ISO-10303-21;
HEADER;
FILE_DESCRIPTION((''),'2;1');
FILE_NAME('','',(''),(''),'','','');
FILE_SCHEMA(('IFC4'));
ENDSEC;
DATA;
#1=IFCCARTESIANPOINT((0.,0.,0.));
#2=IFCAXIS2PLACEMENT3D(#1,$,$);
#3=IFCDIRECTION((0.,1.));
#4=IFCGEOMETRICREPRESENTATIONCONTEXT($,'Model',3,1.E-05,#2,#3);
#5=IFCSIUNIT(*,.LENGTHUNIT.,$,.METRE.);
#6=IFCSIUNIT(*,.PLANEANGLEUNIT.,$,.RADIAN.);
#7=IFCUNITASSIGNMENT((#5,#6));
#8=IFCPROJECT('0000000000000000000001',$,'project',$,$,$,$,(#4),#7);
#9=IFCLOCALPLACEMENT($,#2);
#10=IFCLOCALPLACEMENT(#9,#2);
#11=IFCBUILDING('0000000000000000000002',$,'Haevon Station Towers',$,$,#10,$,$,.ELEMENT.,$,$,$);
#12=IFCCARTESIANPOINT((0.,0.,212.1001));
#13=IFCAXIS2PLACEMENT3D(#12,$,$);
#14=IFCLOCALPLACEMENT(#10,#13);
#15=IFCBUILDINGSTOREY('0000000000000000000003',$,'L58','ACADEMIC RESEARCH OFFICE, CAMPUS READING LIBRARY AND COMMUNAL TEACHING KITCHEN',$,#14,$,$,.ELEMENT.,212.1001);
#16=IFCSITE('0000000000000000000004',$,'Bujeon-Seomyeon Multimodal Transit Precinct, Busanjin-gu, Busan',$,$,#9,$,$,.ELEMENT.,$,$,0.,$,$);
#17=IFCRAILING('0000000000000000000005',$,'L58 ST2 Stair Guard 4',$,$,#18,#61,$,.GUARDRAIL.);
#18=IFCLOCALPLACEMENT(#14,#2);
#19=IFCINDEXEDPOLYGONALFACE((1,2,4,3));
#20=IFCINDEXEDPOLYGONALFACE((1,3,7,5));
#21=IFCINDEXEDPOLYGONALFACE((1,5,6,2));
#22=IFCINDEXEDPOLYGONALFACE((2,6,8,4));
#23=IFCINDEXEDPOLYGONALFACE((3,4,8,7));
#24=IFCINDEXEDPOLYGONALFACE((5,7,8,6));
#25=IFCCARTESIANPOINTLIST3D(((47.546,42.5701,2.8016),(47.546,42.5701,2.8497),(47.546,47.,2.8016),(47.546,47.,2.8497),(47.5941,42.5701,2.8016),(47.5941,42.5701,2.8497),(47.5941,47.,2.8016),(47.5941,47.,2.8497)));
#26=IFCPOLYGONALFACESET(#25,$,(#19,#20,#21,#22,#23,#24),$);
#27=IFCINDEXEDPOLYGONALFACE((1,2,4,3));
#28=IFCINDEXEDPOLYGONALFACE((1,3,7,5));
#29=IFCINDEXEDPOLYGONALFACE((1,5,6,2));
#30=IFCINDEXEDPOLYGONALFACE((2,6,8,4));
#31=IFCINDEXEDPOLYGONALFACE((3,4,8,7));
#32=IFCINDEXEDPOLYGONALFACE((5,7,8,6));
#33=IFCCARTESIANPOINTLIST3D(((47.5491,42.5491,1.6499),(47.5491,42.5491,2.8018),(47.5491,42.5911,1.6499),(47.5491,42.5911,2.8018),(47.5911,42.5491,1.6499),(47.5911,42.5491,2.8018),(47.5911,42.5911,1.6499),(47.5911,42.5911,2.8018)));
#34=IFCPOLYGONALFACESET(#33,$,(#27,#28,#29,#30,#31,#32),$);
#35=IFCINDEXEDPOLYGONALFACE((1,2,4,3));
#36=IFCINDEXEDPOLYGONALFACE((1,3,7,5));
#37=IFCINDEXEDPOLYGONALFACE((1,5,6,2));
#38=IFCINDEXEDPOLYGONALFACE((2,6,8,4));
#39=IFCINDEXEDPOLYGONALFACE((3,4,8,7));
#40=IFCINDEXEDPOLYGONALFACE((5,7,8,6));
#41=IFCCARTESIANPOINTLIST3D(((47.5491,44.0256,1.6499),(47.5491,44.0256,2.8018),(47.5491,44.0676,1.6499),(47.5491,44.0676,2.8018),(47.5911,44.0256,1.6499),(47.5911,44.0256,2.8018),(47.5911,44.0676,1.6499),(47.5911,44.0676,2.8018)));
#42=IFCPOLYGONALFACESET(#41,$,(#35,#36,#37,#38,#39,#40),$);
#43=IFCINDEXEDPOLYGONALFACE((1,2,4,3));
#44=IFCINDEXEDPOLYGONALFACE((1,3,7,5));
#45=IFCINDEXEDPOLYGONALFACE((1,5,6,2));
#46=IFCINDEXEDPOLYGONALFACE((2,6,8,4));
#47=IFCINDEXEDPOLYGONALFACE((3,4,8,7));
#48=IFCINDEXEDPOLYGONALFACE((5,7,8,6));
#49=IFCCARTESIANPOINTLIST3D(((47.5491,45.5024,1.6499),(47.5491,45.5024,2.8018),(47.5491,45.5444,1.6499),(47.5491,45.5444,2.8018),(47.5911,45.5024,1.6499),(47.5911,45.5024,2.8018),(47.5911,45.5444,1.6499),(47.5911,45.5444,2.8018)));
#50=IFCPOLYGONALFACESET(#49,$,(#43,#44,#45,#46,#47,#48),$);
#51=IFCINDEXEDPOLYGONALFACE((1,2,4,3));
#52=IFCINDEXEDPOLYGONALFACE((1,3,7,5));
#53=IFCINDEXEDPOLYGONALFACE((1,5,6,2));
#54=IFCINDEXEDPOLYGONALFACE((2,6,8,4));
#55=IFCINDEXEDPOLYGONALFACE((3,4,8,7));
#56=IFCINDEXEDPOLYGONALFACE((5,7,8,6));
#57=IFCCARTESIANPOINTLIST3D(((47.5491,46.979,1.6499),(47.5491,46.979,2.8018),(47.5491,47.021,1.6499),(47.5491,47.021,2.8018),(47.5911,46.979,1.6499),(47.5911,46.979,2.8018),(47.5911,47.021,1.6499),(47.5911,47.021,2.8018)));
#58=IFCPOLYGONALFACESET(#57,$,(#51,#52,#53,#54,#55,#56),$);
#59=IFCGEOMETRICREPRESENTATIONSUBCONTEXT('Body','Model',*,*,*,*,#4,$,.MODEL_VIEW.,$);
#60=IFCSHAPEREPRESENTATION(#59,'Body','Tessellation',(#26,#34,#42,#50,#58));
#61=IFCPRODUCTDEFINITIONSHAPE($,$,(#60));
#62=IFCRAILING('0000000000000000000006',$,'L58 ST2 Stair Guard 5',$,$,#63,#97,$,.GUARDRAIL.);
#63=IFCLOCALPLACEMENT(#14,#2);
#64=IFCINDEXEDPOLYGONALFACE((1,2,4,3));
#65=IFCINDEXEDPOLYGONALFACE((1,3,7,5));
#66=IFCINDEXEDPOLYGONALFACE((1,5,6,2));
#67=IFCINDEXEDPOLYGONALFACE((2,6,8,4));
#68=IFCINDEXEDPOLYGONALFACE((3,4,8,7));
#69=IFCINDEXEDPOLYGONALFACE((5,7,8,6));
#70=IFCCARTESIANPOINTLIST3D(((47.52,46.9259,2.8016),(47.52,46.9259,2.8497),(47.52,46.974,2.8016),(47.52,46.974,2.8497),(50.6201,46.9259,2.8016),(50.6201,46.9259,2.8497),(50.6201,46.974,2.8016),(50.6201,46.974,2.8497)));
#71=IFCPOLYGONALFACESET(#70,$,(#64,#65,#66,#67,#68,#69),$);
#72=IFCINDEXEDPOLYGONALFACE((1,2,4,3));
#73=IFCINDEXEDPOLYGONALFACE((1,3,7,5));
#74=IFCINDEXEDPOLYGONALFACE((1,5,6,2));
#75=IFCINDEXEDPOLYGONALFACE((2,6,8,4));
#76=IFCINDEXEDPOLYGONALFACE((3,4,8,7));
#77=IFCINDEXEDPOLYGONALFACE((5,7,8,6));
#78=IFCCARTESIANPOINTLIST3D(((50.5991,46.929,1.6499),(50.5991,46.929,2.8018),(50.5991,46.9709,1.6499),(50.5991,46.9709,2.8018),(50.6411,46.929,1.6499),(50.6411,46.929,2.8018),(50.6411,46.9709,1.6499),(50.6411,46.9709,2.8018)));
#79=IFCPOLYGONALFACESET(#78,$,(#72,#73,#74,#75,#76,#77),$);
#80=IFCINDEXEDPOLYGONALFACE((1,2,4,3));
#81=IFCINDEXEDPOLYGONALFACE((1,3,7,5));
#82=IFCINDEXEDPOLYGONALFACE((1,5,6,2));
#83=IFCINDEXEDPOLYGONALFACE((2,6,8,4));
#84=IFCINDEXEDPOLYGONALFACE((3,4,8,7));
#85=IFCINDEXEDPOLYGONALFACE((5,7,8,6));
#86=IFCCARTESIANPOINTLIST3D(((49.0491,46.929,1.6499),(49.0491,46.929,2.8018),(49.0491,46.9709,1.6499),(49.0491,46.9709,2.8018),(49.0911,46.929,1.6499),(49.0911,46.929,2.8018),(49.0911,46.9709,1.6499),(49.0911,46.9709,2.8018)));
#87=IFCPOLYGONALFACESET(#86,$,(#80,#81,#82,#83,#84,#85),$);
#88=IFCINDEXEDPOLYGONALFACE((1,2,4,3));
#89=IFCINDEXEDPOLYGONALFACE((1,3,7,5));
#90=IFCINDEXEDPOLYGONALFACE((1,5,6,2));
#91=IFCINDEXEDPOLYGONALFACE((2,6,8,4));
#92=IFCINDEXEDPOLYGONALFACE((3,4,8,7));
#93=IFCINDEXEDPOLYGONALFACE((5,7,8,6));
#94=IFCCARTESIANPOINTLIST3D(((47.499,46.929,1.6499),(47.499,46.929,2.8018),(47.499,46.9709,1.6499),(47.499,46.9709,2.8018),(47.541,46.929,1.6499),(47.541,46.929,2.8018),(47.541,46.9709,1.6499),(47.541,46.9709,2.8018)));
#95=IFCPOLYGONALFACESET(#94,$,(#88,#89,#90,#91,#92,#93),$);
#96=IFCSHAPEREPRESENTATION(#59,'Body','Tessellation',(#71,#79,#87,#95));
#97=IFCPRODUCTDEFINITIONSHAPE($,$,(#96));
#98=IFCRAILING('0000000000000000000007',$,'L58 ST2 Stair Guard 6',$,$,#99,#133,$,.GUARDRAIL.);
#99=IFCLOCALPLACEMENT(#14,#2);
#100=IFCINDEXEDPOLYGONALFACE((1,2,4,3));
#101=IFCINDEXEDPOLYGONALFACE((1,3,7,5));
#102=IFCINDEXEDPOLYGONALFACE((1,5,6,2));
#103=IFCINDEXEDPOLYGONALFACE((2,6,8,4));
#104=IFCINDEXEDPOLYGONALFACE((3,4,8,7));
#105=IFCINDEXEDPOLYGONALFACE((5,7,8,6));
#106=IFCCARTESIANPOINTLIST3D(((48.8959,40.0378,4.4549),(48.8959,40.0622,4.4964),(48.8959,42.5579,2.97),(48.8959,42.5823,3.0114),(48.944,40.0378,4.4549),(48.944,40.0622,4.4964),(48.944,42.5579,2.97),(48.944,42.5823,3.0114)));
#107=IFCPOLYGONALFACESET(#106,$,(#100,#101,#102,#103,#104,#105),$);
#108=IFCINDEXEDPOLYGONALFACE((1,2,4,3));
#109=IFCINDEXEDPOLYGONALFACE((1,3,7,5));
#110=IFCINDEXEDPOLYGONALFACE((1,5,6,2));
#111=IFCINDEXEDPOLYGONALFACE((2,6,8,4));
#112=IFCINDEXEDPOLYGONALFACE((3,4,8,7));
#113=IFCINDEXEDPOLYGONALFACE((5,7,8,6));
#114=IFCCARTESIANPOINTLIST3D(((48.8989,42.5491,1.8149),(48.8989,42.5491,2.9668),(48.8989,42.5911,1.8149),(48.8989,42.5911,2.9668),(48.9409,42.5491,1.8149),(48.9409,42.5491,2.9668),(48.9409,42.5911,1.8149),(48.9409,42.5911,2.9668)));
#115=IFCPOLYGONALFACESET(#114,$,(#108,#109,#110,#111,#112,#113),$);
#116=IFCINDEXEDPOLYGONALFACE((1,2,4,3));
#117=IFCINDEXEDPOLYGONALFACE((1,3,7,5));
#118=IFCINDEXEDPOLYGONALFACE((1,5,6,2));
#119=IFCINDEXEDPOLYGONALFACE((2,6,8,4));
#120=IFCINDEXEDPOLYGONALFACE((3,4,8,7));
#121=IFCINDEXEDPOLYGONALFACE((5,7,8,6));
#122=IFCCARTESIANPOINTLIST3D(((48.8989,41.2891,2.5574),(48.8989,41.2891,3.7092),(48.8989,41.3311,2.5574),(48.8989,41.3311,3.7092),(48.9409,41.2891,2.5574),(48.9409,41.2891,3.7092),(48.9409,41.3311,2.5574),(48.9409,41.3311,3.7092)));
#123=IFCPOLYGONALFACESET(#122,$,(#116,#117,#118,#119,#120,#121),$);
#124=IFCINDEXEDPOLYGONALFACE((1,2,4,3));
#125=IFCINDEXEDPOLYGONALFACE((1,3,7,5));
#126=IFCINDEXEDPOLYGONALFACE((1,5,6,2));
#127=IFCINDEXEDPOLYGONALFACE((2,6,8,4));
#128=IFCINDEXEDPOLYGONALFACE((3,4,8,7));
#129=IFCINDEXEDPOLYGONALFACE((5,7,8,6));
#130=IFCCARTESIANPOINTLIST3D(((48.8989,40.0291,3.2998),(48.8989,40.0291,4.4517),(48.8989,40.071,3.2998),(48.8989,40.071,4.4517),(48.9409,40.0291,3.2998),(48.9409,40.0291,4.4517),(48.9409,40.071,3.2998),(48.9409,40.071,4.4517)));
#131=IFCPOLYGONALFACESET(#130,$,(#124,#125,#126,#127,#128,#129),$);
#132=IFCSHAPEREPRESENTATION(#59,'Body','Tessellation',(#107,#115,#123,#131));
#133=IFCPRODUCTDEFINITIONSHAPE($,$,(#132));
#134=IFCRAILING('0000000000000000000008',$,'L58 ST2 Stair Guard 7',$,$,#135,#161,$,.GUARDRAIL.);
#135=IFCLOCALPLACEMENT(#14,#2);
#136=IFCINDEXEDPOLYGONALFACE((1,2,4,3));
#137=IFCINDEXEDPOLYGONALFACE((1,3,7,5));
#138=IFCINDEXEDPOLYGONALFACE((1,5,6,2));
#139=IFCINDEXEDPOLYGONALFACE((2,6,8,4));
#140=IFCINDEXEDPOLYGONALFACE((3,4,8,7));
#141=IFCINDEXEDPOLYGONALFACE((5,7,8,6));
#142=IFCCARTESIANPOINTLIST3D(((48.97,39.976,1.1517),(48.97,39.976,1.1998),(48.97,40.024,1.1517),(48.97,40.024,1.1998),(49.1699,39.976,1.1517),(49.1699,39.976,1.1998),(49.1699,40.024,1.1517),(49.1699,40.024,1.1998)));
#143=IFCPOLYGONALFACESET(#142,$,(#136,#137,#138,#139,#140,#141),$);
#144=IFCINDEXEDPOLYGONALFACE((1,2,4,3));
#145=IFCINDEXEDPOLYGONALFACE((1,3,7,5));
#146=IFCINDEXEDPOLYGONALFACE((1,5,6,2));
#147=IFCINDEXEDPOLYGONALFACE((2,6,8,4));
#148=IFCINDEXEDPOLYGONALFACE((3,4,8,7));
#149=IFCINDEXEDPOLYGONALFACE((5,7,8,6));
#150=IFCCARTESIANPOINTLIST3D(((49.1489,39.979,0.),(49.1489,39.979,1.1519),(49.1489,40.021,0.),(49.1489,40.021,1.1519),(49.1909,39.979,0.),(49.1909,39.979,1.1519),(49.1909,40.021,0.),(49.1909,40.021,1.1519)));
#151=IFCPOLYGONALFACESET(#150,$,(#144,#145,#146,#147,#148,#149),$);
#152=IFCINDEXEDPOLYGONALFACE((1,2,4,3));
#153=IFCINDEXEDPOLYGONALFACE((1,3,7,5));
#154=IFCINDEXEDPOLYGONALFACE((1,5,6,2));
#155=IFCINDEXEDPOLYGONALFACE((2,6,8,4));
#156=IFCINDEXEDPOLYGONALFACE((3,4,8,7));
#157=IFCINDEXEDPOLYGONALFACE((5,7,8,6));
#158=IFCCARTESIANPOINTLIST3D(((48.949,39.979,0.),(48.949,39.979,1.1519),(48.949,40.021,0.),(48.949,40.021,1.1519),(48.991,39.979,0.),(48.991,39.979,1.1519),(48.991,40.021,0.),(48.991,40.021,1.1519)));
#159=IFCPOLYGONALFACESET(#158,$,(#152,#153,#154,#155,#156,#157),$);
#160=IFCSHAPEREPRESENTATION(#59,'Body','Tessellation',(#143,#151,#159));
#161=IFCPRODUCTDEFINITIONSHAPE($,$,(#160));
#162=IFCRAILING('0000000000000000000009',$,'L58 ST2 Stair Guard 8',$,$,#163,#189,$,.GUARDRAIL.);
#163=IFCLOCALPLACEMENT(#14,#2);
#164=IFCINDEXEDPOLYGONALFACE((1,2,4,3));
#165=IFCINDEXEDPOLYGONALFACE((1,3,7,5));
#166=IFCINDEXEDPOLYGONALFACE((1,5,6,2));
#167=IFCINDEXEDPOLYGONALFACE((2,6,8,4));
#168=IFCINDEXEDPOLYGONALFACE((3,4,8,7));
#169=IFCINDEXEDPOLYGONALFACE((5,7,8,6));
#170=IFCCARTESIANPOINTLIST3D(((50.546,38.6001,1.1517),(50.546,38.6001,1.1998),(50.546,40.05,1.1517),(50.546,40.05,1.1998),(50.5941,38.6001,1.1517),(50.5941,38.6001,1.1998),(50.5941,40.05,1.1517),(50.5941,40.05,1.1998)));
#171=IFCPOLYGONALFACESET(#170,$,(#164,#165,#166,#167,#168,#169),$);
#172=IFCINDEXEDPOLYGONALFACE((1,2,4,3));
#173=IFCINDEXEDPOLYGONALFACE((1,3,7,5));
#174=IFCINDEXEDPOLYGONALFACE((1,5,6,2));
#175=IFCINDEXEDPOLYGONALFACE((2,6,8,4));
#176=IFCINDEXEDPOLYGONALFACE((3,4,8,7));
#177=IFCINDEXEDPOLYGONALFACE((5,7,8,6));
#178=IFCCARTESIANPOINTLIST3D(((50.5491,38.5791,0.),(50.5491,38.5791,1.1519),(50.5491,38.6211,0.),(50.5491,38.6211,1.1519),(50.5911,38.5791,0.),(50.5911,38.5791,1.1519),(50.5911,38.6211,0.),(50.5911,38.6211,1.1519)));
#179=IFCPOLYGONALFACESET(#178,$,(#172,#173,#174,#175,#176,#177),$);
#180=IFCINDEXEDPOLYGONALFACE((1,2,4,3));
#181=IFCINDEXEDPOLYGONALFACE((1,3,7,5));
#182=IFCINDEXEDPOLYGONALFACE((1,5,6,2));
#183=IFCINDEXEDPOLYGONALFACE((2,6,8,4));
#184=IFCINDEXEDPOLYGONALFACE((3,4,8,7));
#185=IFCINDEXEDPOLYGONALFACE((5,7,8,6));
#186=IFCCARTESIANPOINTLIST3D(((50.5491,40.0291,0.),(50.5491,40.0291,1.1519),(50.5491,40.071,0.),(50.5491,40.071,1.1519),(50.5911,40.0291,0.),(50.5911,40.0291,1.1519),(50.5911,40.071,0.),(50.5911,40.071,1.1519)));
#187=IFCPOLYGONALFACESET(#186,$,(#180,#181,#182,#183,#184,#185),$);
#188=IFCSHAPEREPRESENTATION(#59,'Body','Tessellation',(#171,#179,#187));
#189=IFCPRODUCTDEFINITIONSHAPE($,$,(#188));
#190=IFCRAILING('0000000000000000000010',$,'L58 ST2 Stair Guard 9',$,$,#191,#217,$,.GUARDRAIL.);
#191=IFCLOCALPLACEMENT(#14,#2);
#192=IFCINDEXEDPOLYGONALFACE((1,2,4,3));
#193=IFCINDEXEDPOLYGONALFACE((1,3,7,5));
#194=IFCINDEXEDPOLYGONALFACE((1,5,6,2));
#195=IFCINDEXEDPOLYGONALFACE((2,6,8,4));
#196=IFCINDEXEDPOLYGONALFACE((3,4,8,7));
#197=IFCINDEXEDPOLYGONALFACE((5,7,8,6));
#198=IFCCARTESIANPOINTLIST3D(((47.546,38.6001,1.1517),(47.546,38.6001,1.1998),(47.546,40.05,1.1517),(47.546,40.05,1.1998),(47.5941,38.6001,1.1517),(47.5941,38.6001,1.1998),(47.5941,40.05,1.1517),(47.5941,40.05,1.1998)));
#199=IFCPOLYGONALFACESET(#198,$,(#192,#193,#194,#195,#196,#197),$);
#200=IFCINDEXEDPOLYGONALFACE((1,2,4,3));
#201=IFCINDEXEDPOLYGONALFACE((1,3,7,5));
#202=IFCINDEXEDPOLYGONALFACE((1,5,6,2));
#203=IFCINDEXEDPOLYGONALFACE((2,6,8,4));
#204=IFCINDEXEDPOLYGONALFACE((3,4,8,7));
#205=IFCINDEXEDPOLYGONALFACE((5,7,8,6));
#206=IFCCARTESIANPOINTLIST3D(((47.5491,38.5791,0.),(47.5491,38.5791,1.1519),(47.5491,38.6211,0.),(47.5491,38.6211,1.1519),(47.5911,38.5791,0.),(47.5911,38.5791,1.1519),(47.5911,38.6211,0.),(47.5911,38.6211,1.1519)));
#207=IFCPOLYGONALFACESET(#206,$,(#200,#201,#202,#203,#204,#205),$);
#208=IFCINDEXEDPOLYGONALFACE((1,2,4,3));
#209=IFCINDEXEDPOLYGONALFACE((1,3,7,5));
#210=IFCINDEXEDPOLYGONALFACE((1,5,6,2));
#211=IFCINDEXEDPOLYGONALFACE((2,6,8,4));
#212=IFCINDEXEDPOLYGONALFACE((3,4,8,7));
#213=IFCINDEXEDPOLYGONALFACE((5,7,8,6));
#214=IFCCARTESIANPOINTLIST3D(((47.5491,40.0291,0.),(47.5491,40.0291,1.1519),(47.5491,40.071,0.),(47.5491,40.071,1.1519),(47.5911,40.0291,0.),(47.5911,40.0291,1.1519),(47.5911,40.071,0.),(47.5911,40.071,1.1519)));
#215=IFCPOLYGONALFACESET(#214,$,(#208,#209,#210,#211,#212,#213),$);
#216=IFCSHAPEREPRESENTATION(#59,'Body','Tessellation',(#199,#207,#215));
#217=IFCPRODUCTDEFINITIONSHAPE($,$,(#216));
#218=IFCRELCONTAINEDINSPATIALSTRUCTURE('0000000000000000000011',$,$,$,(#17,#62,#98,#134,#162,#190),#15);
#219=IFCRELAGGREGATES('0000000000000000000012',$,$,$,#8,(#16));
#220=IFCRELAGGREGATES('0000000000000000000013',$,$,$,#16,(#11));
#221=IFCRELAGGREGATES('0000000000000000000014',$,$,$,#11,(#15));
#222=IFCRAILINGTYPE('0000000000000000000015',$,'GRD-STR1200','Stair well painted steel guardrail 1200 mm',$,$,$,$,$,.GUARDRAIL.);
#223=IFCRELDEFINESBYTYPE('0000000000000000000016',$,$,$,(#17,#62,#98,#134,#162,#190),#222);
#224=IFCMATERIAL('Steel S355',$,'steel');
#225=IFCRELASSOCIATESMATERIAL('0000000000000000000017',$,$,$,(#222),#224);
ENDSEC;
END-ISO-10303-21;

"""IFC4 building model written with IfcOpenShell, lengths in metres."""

from ifc_helpers import new_model, si_unit, direction, frame, origin, origin_2d, place, context, subcontext, project, spatial, rectangle, extrude, material, type_object, element, save


model = new_model("IFC4")

# Units and contexts
model_context = context("Model", 3, precision=1e-05, world=origin(), true_north=direction((0.0, 1.0)))
body_context = subcontext(model_context, "Body", "Model", "MODEL_VIEW")
ifc_project = project(units=[si_unit("LENGTHUNIT", "METRE"), si_unit("PLANEANGLEUNIT", "RADIAN")], contexts=[model_context])

# Site, building, storey
site_placement = place(None, origin())
site = spatial("IfcSite", under=ifc_project, at=site_placement, Name="Bujeon-Seomyeon Multimodal Transit Precinct, Busanjin-gu, Busan", CompositionType="ELEMENT", RefElevation=0.0)
building_placement = place(site_placement, origin())
building = spatial("IfcBuilding", under=site, at=building_placement, Name="Haevon Station Towers", CompositionType="ELEMENT")
storey_placement = place(building_placement, frame((0.0, 0.0, 212.1001)))
storey = spatial("IfcBuildingStorey", under=building, at=storey_placement, Name="L58", Description="ACADEMIC RESEARCH OFFICE, CAMPUS READING LIBRARY AND COMMUNAL TEACHING KITCHEN", CompositionType="ELEMENT", Elevation=212.1001)

# Shared definitions
ifc_material_1 = material(Name="Steel S355", Category="steel")

# Railings
railing_type_1 = type_object("IfcRailingType", Name="GRD-STR1200", Description="Stair well painted steel guardrail 1200 mm", PredefinedType="GUARDRAIL", material=ifc_material_1)
for number, where, name in (
    (1, (47.5701, 42.5701, 1.6499), "L58 ST2 Stair Guard 4"),
):
    element("IfcRailing", number, at=place(storey_placement, frame(where)), inside=storey, type_object=railing_type_1, Name=name, PredefinedType="GUARDRAIL", context=body_context, shape_type="SweptSolid", body=[
        extrude(rectangle(XDim=0.0481, YDim=0.0481, at=origin_2d()), frame((0.0, 0.0, 1.1758), z_axis=(0.0, 1.0, 0.0), x_axis=(-1.0, 0.0, 0.0)), (0.0, 0.0, 1.0), 4.4299),
        extrude(rectangle(XDim=0.042, YDim=0.042, at=origin_2d()), origin(), (0.0, 0.0, 1.0), 1.1519),
        extrude(rectangle(XDim=0.042, YDim=0.042, at=origin_2d()), frame((0.0, 1.4766, 0.0)), (0.0, 0.0, 1.0), 1.1519),
        extrude(rectangle(XDim=0.042, YDim=0.042, at=origin_2d()), frame((0.0, 2.9534, 0.0)), (0.0, 0.0, 1.0), 1.1519),
        extrude(rectangle(XDim=0.042, YDim=0.042, at=origin_2d()), frame((0.0, 4.4299, 0.0)), (0.0, 0.0, 1.0), 1.1519),
    ])
railing_1_placement = place(storey_placement, frame((50.6201, 46.95, 1.6499)))
element("IfcRailing", 2, at=railing_1_placement, inside=storey, type_object=railing_type_1, Name="L58 ST2 Stair Guard 5", PredefinedType="GUARDRAIL", context=body_context, shape_type="SweptSolid", body=[
    extrude(rectangle(XDim=0.0481, YDim=0.0481, at=origin_2d()), frame((0.0, 0.0, 1.1758), z_axis=(-1.0, 0.0, 0.0), x_axis=(0.0, -1.0, 0.0)), (0.0, 0.0, 1.0), 3.1001),
    extrude(rectangle(XDim=0.042, YDim=0.042, at=origin_2d()), origin(), (0.0, 0.0, 1.0), 1.1519),
    extrude(rectangle(XDim=0.042, YDim=0.042, at=origin_2d()), frame((-1.55, 0.0, 0.0)), (0.0, 0.0, 1.0), 1.1519),
    extrude(rectangle(XDim=0.042, YDim=0.042, at=origin_2d()), frame((-3.1001, 0.0, 0.0)), (0.0, 0.0, 1.0), 1.1519),
])
railing_2_placement = place(storey_placement, frame((48.9199, 42.5701, 1.8149)))
element("IfcRailing", 3, at=railing_2_placement, inside=storey, type_object=railing_type_1, Name="L58 ST2 Stair Guard 6", PredefinedType="GUARDRAIL", context=body_context, shape_type="SweptSolid", body=[
    extrude(rectangle(XDim=0.0481, YDim=0.0481, at=origin_2d()), frame((0.0, 0.0, 1.1758), z_axis=(0.0, -0.861561, 0.507655), x_axis=(1.0, 0.0, 0.0)), (0.0, 0.0, 1.0), 2.925),
    extrude(rectangle(XDim=0.042, YDim=0.042, at=origin_2d()), origin(), (0.0, 0.0, 1.0), 1.1519),
    extrude(rectangle(XDim=0.042, YDim=0.042, at=origin_2d()), frame((0.0, -1.26, 0.7424)), (0.0, 0.0, 1.0), 1.1519),
    extrude(rectangle(XDim=0.042, YDim=0.042, at=origin_2d()), frame((0.0, -2.52, 1.4849)), (0.0, 0.0, 1.0), 1.1519),
])
railing_3_placement = place(storey_placement, frame((49.1699, 40.0, 0.0)))
element("IfcRailing", 4, at=railing_3_placement, inside=storey, type_object=railing_type_1, Name="L58 ST2 Stair Guard 7", PredefinedType="GUARDRAIL", context=body_context, shape_type="SweptSolid", body=[
    extrude(rectangle(XDim=0.0481, YDim=0.0481, at=origin_2d()), frame((0.0, 0.0, 1.1758), z_axis=(-1.0, 0.0, 0.0), x_axis=(0.0, -1.0, 0.0)), (0.0, 0.0, 1.0), 0.2),
    extrude(rectangle(XDim=0.042, YDim=0.042, at=origin_2d()), origin(), (0.0, 0.0, 1.0), 1.1519),
    extrude(rectangle(XDim=0.042, YDim=0.042, at=origin_2d()), frame((-0.2, 0.0, 0.0)), (0.0, 0.0, 1.0), 1.1519),
])
for number, where, name in (
    (5, (50.5701, 38.6001, 0.0), "L58 ST2 Stair Guard 8"),
    (6, (47.5701, 38.6001, 0.0), "L58 ST2 Stair Guard 9"),
):
    element("IfcRailing", number, at=place(storey_placement, frame(where)), inside=storey, type_object=railing_type_1, Name=name, PredefinedType="GUARDRAIL", context=body_context, shape_type="SweptSolid", body=[
        extrude(rectangle(XDim=0.0481, YDim=0.0481, at=origin_2d()), frame((0.0, 0.0, 1.1758), z_axis=(0.0, 1.0, 0.0), x_axis=(-1.0, 0.0, 0.0)), (0.0, 0.0, 1.0), 1.45),
        extrude(rectangle(XDim=0.042, YDim=0.042, at=origin_2d()), origin(), (0.0, 0.0, 1.0), 1.1519),
        extrude(rectangle(XDim=0.042, YDim=0.042, at=origin_2d()), frame((0.0, 1.45, 0.0)), (0.0, 0.0, 1.0), 1.1519),
    ])

save(model, "model.ifc")
